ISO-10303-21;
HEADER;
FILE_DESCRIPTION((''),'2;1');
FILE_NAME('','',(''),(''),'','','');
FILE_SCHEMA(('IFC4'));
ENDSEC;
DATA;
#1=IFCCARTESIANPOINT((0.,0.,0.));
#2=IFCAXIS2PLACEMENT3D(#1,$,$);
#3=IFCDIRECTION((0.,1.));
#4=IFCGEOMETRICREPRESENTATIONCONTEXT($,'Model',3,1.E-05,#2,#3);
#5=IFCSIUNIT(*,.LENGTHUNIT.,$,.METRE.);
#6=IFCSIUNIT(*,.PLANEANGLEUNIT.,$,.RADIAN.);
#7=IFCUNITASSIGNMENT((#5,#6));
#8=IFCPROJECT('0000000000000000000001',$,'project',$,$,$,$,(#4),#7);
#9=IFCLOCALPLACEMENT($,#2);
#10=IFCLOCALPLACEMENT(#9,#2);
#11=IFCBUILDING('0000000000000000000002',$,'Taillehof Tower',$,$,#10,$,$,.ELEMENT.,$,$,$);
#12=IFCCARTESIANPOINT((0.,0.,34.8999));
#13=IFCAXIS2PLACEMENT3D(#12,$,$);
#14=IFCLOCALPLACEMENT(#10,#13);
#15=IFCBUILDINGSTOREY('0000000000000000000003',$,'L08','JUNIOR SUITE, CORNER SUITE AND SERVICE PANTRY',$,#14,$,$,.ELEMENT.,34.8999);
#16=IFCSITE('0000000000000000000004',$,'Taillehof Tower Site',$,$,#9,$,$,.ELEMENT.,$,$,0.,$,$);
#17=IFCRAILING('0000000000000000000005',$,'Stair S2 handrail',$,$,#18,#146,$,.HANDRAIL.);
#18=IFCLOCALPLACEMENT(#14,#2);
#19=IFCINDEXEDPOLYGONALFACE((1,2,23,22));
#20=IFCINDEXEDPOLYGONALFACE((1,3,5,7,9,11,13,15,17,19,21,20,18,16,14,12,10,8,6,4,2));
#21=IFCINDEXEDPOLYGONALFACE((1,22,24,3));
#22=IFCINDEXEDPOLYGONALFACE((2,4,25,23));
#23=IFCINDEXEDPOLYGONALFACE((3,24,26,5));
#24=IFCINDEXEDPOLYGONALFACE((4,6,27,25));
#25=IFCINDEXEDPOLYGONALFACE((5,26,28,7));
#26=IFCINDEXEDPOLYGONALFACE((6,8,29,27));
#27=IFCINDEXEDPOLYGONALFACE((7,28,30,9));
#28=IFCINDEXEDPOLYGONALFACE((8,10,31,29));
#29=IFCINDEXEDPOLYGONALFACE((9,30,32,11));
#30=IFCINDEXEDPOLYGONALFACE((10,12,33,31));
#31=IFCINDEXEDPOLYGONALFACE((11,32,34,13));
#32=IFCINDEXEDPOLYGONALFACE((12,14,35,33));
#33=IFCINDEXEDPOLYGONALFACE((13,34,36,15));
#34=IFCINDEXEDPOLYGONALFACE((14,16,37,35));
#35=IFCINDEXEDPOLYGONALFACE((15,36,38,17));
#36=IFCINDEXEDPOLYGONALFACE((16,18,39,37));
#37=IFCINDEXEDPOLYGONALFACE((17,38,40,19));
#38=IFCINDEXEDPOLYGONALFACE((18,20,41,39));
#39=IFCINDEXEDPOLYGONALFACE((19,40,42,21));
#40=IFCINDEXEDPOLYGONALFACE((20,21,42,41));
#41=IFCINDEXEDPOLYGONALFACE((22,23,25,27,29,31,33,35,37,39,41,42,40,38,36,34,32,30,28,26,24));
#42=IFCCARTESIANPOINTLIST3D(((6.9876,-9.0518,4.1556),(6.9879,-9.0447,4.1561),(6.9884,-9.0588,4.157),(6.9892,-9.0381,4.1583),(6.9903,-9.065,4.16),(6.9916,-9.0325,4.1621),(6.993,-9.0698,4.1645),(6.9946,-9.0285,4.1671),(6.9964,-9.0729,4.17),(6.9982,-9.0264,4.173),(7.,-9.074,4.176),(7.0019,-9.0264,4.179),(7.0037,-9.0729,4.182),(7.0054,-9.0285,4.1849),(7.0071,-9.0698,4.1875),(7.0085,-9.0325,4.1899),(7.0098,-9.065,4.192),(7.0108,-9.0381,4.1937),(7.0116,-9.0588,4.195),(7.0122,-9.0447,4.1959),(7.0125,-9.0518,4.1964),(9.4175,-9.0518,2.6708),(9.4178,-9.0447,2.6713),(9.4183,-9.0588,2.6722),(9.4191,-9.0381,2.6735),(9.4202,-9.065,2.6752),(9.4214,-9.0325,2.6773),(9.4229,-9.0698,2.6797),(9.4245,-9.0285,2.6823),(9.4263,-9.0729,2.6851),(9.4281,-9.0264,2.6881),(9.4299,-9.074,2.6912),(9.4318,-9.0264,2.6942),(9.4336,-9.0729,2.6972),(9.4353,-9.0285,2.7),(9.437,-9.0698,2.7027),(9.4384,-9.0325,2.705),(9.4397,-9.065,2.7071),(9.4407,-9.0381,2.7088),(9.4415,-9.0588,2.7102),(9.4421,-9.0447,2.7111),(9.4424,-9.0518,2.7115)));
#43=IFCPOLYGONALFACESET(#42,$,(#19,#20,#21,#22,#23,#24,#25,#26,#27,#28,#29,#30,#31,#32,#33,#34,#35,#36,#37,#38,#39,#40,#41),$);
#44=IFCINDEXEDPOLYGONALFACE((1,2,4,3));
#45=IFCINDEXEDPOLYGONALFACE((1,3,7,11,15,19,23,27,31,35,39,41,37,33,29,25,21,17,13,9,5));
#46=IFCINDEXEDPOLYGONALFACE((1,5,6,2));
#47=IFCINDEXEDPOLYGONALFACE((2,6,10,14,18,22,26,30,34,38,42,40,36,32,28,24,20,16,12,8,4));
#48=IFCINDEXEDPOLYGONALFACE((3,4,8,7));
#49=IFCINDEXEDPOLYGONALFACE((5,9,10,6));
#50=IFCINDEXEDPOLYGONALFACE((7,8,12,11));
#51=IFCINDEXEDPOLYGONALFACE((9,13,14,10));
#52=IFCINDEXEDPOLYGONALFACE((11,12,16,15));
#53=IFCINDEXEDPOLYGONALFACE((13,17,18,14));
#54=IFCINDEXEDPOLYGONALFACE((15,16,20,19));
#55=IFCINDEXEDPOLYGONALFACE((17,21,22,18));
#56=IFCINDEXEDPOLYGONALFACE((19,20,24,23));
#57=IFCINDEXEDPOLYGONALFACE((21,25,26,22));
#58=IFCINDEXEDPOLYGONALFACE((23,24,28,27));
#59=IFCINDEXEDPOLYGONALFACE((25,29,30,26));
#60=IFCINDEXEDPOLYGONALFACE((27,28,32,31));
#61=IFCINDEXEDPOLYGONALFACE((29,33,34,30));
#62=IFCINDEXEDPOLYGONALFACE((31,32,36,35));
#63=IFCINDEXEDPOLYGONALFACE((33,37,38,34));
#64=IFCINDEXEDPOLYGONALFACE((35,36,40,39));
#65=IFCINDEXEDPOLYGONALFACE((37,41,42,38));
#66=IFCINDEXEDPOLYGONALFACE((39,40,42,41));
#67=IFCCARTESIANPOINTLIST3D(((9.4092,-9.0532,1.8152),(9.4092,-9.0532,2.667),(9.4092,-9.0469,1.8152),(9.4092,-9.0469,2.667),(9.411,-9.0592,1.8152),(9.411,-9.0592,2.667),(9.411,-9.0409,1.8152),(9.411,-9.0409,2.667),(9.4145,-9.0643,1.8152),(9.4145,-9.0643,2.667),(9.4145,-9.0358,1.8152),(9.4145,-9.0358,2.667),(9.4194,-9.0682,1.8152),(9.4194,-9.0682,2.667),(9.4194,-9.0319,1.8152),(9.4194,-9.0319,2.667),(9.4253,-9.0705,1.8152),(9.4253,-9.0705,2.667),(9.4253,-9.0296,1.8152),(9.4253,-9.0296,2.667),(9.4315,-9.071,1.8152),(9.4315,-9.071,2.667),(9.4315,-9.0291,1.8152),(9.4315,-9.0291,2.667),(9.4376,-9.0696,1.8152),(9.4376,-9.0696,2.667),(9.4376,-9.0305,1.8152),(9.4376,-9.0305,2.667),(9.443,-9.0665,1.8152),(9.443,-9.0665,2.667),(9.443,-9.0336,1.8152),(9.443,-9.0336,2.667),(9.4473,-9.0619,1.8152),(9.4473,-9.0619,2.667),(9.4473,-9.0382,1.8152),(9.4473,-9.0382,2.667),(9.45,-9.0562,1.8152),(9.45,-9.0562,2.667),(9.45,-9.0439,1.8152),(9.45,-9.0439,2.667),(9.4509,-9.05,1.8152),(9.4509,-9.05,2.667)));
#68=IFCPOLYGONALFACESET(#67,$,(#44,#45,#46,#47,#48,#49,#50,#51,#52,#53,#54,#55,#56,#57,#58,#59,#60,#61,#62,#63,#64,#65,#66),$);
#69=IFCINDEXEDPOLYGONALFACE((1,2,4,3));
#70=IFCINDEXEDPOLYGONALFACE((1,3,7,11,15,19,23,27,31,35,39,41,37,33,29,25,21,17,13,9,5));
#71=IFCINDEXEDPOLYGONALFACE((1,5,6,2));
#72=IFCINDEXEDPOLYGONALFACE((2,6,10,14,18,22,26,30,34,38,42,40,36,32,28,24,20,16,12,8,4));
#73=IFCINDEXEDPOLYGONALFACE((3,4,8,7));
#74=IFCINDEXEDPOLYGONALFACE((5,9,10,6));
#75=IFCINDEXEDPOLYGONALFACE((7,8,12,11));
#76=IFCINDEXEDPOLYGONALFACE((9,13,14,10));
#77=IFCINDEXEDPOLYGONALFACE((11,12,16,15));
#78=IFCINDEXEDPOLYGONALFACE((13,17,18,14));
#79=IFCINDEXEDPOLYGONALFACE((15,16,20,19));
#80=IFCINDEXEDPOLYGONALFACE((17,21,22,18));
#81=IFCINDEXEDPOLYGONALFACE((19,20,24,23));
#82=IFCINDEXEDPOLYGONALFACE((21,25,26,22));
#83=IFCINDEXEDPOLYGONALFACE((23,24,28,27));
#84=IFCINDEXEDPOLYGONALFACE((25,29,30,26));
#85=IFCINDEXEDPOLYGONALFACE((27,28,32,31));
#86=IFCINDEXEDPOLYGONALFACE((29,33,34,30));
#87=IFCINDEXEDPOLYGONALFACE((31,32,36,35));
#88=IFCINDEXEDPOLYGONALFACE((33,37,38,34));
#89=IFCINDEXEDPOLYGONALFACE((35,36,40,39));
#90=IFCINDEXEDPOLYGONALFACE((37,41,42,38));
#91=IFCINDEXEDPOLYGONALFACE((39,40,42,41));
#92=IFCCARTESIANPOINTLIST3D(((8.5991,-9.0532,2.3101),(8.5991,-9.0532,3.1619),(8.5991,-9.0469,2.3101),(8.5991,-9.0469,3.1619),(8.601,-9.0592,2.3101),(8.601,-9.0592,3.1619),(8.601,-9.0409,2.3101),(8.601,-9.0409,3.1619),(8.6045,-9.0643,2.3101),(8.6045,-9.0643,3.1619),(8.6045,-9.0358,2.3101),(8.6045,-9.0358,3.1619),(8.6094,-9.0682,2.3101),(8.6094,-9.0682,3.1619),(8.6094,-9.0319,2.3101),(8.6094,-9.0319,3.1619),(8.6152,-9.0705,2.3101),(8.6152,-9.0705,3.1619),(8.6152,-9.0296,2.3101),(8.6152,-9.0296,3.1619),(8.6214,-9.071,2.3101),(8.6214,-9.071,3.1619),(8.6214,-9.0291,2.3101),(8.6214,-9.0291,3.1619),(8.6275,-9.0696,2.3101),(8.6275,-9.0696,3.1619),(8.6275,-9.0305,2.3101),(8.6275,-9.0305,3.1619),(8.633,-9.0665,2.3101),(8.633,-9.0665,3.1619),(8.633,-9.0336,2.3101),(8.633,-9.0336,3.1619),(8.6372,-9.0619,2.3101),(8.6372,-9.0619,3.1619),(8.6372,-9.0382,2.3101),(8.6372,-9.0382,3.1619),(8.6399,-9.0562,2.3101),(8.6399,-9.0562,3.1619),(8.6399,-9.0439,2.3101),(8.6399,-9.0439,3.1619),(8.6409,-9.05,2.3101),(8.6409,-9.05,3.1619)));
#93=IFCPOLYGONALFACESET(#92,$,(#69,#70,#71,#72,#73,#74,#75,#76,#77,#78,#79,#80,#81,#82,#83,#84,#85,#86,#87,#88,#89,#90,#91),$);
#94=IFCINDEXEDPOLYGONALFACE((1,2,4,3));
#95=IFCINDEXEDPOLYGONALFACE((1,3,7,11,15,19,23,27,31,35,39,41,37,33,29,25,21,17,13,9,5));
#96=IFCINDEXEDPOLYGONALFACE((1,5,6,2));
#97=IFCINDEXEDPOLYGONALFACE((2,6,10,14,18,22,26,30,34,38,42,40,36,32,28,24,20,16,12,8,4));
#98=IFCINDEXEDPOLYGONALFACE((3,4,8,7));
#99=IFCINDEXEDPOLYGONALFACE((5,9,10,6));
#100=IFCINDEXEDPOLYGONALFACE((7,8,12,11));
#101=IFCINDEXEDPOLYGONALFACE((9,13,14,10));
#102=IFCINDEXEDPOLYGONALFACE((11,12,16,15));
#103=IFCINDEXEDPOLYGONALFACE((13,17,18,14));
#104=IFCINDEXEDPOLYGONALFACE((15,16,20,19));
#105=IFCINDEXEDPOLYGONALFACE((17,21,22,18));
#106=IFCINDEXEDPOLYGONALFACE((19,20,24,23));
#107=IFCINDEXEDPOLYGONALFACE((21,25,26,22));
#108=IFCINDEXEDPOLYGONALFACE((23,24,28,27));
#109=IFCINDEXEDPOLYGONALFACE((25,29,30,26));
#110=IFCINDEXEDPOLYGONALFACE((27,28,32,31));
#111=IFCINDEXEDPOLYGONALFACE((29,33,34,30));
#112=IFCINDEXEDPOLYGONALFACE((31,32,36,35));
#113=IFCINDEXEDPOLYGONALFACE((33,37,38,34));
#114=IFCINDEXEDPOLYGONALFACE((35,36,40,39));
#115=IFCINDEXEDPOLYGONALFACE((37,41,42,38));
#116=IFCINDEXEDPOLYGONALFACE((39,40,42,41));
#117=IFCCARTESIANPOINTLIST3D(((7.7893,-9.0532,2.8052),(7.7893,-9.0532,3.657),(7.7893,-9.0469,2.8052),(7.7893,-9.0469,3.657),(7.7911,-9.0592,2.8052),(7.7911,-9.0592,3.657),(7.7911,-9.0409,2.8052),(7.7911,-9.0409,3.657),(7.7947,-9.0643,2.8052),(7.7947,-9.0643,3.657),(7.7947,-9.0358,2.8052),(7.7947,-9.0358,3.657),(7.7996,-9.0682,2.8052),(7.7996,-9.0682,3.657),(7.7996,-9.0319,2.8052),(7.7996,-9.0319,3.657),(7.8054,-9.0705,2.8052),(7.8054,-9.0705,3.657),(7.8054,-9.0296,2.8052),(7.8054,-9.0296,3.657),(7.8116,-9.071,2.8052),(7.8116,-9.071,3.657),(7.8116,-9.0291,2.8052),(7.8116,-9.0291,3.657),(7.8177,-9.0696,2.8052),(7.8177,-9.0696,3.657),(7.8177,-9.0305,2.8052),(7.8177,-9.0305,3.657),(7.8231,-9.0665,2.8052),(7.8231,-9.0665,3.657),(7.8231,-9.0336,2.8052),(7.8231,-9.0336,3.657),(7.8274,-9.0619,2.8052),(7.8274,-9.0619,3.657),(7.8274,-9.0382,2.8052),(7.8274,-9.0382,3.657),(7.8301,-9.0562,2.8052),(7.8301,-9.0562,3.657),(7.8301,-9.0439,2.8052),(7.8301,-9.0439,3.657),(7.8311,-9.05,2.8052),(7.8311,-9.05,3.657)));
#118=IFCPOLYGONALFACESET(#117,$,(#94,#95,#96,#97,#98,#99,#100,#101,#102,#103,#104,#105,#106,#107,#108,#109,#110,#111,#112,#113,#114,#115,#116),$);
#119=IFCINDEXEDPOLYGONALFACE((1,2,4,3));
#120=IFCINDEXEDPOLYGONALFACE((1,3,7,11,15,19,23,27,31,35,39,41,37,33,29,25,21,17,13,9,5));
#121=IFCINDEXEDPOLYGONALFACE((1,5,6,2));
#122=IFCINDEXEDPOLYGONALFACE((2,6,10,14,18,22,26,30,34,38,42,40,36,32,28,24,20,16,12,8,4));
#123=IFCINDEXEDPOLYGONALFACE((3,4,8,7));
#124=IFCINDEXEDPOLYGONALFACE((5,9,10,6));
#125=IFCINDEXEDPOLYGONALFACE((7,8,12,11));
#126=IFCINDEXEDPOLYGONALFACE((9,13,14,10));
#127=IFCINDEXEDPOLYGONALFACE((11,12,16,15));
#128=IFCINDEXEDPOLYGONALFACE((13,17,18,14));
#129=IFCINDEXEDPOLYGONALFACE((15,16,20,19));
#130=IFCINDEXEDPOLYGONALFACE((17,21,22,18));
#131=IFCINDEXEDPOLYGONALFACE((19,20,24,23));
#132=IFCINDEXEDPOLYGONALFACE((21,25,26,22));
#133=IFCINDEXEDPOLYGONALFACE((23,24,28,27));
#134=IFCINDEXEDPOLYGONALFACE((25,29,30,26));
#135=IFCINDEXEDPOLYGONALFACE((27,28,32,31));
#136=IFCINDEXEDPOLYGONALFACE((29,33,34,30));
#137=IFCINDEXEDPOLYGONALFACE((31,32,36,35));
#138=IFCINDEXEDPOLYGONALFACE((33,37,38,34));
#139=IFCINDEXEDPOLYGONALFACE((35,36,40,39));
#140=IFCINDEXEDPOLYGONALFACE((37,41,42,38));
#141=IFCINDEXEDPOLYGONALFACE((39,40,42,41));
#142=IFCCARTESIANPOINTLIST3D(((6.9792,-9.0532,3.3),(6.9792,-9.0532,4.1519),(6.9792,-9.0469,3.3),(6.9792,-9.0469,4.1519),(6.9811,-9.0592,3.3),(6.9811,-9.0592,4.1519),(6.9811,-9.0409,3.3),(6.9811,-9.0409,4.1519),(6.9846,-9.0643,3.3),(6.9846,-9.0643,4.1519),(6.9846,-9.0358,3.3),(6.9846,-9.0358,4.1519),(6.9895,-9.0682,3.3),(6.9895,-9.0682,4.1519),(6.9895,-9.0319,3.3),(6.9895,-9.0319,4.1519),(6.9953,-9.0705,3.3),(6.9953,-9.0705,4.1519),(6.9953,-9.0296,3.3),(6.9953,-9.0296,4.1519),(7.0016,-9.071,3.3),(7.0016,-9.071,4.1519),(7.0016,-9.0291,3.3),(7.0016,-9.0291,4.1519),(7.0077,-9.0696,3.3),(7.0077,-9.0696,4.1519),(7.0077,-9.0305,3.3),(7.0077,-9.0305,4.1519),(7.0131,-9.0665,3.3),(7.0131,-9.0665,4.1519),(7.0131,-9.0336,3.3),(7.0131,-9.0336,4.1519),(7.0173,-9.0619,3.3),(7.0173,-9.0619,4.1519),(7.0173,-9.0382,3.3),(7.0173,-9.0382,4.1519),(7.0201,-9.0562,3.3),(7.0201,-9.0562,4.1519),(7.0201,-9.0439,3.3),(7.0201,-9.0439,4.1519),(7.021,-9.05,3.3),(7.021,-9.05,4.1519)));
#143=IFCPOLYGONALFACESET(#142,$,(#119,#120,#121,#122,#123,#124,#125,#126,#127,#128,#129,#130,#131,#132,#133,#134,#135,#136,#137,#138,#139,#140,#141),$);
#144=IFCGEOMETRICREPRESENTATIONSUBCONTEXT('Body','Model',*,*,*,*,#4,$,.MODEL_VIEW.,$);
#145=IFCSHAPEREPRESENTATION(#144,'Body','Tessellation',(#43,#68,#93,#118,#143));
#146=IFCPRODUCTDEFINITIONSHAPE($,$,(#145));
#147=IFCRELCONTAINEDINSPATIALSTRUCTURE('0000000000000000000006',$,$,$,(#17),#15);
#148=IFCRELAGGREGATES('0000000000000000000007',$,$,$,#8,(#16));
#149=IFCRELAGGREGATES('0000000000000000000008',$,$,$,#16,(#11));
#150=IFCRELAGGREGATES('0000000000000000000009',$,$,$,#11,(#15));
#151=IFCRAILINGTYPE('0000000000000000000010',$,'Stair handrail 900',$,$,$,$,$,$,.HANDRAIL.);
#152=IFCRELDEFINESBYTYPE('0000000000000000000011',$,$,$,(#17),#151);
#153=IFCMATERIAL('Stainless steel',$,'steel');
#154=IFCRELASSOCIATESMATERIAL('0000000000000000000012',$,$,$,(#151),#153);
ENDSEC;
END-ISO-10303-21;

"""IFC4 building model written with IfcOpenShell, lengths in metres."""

from ifc_helpers import new_model, si_unit, direction, frame, origin, origin_2d, place, context, subcontext, project, spatial, circle, extrude, material, type_object, element, save


model = new_model("IFC4")

# Units and contexts
model_context = context("Model", 3, precision=1e-05, world=origin(), true_north=direction((0.0, 1.0)))
body_context = subcontext(model_context, "Body", "Model", "MODEL_VIEW")
ifc_project = project(units=[si_unit("LENGTHUNIT", "METRE"), si_unit("PLANEANGLEUNIT", "RADIAN")], contexts=[model_context])

# Site, building, storey
site_placement = place(None, origin())
site = spatial("IfcSite", under=ifc_project, at=site_placement, Name="Taillehof Tower Site", CompositionType="ELEMENT", RefElevation=0.0)
building_placement = place(site_placement, origin())
building = spatial("IfcBuilding", under=site, at=building_placement, Name="Taillehof Tower", CompositionType="ELEMENT")
storey_placement = place(building_placement, frame((0.0, 0.0, 34.8999)))
storey = spatial("IfcBuildingStorey", under=building, at=storey_placement, Name="L08", Description="JUNIOR SUITE, CORNER SUITE AND SERVICE PANTRY", CompositionType="ELEMENT", Elevation=34.8999)

# Railing
ifc_material_1 = material(Name="Stainless steel", Category="steel")
railing_type = type_object("IfcRailingType", Name="Stair handrail 900", PredefinedType="HANDRAIL", material=ifc_material_1)
railing_1_placement = place(storey_placement, frame((9.4299, -9.05, 1.8152)))
element("IfcRailing", 1, at=railing_1_placement, inside=storey, type_object=railing_type, Name="Stair S2 handrail", PredefinedType="HANDRAIL", context=body_context, shape_type="SweptSolid", body=[
    extrude(circle(Radius=0.0239, at=origin_2d()), frame((0.0, 0.0, 0.876), z_axis=(-0.853297, 0.0, 0.521426), x_axis=(0.0, -1.0, 0.0)), (0.0, 0.0, 1.0), 2.8477),
    extrude(circle(Radius=0.021, at=origin_2d()), origin(), (0.0, 0.0, 1.0), 0.8518),
    extrude(circle(Radius=0.021, at=origin_2d()), frame((-0.8101, 0.0, 0.4949)), (0.0, 0.0, 1.0), 0.8518),
    extrude(circle(Radius=0.021, at=origin_2d()), frame((-1.6199, 0.0, 0.99)), (0.0, 0.0, 1.0), 0.8518),
    extrude(circle(Radius=0.021, at=origin_2d()), frame((-2.4299, 0.0, 1.4849)), (0.0, 0.0, 1.0), 0.8518),
])

save(model, "model.ifc")
